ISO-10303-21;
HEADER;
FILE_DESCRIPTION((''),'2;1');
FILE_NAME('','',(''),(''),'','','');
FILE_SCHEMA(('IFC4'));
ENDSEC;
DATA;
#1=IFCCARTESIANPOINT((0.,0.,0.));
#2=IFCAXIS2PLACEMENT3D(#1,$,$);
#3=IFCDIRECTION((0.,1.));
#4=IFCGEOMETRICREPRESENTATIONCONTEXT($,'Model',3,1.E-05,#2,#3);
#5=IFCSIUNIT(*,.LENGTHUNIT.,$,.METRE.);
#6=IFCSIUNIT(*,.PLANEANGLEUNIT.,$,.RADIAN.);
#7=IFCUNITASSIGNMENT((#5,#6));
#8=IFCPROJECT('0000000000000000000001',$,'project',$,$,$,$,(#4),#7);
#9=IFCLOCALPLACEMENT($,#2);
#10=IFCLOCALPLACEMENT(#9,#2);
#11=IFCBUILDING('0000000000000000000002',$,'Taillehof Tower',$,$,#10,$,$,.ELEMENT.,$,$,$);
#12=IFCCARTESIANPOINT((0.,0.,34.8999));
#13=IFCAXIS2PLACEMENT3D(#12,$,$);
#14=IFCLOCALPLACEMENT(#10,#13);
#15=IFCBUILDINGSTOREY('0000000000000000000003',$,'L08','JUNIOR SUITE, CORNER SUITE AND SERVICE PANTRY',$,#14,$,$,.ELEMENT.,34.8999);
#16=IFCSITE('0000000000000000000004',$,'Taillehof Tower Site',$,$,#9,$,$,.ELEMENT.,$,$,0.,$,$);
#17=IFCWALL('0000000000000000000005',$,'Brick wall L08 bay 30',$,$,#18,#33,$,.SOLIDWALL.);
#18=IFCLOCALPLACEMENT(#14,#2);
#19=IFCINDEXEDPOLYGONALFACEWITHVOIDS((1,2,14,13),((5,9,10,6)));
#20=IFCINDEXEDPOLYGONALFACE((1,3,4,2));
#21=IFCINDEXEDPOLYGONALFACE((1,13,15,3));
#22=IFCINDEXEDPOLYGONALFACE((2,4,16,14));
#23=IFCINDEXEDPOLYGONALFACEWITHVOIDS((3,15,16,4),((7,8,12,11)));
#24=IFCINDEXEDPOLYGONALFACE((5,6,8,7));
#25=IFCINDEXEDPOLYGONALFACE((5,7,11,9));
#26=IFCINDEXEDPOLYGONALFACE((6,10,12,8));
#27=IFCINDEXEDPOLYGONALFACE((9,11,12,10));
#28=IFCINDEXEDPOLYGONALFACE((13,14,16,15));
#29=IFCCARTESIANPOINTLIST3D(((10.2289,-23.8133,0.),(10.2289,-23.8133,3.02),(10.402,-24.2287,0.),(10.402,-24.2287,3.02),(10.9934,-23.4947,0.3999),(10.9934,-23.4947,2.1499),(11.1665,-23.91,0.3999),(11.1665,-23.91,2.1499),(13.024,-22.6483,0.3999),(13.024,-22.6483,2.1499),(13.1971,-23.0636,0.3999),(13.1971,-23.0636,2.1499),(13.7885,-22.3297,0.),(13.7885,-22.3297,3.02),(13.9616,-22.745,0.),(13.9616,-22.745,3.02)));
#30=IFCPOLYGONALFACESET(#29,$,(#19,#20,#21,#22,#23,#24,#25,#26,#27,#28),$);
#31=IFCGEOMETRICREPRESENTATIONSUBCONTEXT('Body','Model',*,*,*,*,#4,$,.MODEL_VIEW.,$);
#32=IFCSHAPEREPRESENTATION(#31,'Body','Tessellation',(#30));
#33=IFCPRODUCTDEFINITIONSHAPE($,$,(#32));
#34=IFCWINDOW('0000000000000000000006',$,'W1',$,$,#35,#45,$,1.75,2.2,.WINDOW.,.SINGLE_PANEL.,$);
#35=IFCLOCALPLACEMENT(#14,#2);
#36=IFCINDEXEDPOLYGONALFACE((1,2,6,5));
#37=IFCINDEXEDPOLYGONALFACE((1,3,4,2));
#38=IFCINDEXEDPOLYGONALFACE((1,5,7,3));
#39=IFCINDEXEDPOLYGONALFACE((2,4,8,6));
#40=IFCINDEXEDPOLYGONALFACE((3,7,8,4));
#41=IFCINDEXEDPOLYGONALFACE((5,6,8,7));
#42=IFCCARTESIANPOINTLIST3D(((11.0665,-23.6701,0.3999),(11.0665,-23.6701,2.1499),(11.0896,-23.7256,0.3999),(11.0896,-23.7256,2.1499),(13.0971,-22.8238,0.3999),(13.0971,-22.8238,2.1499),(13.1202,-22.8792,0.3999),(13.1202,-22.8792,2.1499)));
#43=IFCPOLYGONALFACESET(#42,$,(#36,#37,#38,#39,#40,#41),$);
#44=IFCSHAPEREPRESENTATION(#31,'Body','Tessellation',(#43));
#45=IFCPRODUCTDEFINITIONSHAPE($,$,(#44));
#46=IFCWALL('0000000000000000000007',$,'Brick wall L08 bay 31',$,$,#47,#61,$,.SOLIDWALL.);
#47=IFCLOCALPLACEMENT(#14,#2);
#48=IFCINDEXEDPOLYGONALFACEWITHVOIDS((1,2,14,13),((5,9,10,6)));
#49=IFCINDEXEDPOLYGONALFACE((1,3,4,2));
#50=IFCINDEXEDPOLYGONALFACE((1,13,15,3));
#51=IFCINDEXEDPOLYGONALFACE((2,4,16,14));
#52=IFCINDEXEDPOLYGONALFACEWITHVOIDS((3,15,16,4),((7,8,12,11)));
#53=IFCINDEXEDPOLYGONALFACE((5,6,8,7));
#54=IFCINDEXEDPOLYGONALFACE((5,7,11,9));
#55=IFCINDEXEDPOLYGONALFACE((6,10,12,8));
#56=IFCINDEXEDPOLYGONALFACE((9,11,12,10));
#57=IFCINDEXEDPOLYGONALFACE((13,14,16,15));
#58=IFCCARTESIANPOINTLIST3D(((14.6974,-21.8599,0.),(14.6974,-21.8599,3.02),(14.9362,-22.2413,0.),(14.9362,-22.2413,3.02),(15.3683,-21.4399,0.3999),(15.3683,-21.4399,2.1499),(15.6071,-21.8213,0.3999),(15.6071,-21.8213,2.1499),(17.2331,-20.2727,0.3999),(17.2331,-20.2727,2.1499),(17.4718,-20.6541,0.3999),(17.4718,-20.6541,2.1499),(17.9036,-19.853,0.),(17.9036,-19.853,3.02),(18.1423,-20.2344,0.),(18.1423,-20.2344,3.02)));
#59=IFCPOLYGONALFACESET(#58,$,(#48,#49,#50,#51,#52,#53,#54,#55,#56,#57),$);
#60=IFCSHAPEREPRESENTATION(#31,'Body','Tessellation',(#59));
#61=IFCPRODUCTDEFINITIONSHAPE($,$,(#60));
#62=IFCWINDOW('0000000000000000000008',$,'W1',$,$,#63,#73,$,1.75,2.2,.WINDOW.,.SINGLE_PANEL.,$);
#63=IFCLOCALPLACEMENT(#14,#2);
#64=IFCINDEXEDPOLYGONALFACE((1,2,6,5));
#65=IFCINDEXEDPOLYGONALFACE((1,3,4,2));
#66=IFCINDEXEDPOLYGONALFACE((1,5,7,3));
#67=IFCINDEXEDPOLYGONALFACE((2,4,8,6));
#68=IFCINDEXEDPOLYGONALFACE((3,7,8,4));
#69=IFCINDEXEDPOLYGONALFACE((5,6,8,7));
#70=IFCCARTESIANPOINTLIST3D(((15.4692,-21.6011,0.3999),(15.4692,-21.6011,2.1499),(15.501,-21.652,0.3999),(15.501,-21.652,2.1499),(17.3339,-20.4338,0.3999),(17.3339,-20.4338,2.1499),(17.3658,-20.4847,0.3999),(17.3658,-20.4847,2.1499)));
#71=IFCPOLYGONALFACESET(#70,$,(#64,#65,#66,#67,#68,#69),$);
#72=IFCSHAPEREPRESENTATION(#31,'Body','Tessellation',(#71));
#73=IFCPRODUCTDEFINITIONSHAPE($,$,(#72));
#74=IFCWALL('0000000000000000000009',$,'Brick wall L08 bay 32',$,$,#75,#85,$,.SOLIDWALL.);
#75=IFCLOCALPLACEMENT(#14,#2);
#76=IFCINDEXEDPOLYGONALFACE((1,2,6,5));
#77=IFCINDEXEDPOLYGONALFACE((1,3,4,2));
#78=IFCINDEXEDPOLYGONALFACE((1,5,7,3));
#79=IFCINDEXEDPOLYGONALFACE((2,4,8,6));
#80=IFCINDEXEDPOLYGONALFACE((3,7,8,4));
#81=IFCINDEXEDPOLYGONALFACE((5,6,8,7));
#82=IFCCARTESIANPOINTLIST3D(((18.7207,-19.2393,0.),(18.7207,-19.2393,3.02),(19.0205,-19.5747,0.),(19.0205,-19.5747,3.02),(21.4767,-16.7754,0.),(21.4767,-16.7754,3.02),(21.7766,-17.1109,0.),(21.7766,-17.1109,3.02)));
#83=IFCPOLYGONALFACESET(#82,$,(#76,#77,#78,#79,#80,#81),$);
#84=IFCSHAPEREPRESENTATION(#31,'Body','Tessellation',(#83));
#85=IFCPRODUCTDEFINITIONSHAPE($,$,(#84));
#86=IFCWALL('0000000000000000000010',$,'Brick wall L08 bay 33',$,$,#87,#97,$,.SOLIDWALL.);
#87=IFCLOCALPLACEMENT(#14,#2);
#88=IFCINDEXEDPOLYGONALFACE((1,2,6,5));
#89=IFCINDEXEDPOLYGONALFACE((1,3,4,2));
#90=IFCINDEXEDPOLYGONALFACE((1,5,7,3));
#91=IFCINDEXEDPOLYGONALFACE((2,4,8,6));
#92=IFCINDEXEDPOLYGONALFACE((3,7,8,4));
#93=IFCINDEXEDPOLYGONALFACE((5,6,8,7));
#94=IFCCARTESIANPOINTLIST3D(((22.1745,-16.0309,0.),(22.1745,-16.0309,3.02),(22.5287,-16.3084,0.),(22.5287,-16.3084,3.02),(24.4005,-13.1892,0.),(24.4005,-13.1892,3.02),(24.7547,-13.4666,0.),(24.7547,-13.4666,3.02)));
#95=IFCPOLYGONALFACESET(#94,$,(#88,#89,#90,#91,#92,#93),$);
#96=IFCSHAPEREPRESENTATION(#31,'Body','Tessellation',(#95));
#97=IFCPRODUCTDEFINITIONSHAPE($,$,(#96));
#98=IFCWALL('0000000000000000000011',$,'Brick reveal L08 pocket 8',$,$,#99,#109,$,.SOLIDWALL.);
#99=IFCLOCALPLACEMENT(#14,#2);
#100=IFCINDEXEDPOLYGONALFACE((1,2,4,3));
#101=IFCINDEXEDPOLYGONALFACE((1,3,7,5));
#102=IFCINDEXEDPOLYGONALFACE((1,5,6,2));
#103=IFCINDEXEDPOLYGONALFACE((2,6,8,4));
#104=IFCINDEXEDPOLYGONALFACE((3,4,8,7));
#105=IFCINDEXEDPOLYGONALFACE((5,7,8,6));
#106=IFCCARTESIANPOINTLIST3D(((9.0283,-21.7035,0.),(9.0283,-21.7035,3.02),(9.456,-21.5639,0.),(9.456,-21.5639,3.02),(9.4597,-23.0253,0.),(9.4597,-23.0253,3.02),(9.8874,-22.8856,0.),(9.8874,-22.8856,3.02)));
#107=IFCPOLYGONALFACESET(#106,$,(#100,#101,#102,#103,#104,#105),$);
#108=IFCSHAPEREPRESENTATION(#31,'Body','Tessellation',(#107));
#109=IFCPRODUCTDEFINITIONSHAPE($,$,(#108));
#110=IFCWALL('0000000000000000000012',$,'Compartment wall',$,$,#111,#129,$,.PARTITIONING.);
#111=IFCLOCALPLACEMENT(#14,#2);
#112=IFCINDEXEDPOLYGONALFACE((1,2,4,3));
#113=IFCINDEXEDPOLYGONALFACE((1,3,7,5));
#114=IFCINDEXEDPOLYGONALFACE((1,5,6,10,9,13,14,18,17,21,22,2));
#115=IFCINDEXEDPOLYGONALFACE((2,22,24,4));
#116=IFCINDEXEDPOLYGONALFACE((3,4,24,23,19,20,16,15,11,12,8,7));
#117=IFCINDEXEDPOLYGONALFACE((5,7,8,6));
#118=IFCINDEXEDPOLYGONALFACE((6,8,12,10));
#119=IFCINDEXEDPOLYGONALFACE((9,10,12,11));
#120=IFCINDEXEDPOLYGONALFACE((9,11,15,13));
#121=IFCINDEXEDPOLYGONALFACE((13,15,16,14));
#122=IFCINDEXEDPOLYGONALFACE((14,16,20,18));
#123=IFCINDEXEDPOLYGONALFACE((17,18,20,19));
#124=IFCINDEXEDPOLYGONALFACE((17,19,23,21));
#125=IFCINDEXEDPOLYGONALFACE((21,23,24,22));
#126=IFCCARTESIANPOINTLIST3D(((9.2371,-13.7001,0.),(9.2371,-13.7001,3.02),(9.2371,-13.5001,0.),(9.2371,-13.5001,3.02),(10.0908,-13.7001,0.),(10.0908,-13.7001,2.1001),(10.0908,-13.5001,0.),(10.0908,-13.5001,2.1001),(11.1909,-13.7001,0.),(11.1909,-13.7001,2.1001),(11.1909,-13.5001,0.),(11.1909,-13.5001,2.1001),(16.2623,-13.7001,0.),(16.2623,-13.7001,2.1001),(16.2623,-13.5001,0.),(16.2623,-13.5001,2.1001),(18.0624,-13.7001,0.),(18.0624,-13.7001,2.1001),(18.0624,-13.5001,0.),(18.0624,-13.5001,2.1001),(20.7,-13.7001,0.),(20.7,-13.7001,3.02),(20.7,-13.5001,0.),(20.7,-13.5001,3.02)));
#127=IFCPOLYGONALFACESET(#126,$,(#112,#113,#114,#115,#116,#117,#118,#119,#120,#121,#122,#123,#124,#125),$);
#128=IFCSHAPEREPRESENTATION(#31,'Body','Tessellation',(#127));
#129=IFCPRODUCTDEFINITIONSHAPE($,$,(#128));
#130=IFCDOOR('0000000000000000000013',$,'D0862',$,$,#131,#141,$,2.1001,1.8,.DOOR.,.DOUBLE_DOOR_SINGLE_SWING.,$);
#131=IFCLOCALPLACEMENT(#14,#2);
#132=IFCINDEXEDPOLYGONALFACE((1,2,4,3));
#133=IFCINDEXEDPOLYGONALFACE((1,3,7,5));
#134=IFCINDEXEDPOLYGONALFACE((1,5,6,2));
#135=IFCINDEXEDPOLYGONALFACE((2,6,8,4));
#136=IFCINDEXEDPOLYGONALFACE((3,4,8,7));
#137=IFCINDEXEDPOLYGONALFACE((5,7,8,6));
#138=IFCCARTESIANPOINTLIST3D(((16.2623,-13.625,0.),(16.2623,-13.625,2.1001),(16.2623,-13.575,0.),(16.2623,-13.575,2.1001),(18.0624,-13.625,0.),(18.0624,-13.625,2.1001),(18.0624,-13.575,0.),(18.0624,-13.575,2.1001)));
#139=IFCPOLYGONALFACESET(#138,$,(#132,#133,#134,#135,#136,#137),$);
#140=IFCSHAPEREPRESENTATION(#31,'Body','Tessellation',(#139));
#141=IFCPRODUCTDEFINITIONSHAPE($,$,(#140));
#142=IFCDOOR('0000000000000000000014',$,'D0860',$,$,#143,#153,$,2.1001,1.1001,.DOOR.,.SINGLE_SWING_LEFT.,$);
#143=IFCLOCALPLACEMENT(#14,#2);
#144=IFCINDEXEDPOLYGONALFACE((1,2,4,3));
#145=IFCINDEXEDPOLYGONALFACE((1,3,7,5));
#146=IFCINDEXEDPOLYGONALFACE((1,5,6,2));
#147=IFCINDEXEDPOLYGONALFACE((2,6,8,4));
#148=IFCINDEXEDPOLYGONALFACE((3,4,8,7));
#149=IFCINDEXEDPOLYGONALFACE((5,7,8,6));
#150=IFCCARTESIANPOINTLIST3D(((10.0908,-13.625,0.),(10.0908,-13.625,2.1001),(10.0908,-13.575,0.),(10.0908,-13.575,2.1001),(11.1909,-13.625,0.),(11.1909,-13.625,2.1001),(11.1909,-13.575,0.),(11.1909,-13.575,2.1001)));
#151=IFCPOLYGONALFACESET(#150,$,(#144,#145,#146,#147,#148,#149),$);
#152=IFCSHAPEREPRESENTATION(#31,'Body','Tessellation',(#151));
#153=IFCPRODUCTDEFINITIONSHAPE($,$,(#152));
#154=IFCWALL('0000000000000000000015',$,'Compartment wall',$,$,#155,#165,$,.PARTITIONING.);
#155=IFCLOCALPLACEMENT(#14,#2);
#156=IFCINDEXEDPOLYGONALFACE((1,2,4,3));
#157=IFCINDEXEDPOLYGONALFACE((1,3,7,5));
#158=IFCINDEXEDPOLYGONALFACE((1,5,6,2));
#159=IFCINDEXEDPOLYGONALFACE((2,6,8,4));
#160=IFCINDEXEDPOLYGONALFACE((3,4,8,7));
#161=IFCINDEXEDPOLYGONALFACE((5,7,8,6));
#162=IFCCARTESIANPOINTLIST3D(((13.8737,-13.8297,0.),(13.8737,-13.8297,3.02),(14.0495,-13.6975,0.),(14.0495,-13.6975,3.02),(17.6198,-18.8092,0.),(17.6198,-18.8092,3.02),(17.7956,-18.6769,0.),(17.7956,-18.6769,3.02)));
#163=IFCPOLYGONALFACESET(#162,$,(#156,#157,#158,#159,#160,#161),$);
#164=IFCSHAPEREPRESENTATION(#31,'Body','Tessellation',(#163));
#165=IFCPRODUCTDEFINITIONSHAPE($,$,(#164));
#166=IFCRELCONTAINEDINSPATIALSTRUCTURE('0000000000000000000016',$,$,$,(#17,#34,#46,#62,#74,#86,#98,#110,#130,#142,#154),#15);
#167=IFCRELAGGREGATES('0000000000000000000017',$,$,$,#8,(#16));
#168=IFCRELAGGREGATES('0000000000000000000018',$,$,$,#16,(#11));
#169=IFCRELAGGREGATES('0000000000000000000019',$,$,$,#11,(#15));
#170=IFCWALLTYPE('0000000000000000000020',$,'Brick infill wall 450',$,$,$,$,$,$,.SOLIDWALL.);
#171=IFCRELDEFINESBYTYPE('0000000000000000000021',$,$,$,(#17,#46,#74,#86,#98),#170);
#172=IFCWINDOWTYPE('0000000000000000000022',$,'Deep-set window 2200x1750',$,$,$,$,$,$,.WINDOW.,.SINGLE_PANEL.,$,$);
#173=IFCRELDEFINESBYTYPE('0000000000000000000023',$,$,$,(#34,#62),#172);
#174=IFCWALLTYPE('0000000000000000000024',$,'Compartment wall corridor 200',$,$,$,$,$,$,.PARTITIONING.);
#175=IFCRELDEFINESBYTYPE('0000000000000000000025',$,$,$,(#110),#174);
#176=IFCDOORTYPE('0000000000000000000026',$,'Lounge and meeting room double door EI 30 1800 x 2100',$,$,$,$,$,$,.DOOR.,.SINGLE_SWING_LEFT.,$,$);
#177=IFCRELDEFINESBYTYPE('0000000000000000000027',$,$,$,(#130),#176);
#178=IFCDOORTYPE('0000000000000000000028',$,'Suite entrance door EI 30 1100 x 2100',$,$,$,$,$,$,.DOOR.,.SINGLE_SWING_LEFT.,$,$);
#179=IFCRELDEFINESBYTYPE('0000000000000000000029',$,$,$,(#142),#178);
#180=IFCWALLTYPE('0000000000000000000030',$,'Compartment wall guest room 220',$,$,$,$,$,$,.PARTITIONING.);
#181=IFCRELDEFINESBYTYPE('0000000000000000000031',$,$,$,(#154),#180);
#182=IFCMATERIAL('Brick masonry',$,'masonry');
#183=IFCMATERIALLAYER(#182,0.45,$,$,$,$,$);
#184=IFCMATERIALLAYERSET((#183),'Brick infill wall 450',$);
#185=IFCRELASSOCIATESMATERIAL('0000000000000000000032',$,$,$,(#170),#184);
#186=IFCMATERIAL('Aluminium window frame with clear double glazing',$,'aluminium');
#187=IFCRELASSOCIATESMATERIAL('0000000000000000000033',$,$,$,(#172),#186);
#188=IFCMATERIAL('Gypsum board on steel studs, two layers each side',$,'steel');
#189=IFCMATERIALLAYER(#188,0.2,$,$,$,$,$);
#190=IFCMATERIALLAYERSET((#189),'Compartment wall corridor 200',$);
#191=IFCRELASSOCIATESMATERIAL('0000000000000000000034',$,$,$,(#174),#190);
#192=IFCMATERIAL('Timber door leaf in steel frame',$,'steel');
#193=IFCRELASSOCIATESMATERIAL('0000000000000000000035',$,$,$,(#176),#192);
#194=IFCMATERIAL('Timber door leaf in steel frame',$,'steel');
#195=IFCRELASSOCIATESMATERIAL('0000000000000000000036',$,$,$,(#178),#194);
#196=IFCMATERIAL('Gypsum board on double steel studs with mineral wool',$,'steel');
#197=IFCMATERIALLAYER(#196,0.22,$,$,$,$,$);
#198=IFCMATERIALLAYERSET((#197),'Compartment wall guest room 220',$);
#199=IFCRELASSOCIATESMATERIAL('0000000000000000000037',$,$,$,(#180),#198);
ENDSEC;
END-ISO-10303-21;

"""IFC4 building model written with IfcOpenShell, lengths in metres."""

from ifc_helpers import new_model, si_unit, direction, frame, frame_2d, origin, place, context, subcontext, project, spatial, rectangle, extrude, material, layer, layer_set, type_object, element, fill, save


model = new_model("IFC4")

# Units and contexts
model_context = context("Model", 3, precision=1e-05, world=origin(), true_north=direction((0.0, 1.0)))
body_context = subcontext(model_context, "Body", "Model", "MODEL_VIEW")
ifc_project = project(units=[si_unit("LENGTHUNIT", "METRE"), si_unit("PLANEANGLEUNIT", "RADIAN")], contexts=[model_context])

# Site, building, storey
site_placement = place(None, origin())
site = spatial("IfcSite", under=ifc_project, at=site_placement, Name="Taillehof Tower Site", CompositionType="ELEMENT", RefElevation=0.0)
building_placement = place(site_placement, origin())
building = spatial("IfcBuilding", under=site, at=building_placement, Name="Taillehof Tower", CompositionType="ELEMENT")
storey_placement = place(building_placement, frame((0.0, 0.0, 34.8999)))
storey = spatial("IfcBuildingStorey", under=building, at=storey_placement, Name="L08", Description="JUNIOR SUITE, CORNER SUITE AND SERVICE PANTRY", CompositionType="ELEMENT", Elevation=34.8999)

# Walls, openings, windows
ifc_material_1 = material(Name="Brick masonry", Category="masonry")
ifc_layer_1 = layer(ifc_material_1, 0.45)
ifc_layer_set_1 = layer_set([ifc_layer_1], Name="Brick infill wall 450")
wall_type_1 = type_object("IfcWallType", Name="Brick infill wall 450", PredefinedType="SOLIDWALL", material=ifc_layer_set_1)
wall_1_placement = place(storey_placement, frame((10.3154, -24.021, 0.0), z_axis=(0.0, 0.0, 1.0), x_axis=(0.923032, 0.384723, 0.0)))
wall_1 = element("IfcWall", 1, at=wall_1_placement, inside=storey, type_object=wall_type_1, Name="Brick wall L08 bay 30", PredefinedType="SOLIDWALL", context=body_context, shape_type="SweptSolid", body=[
    extrude(rectangle(XDim=3.8564, YDim=0.45, at=frame_2d((1.9282, 0.0))), origin(), (0.0, 0.0, 1.0), 3.02),
])
opening_1_placement = place(wall_1_placement, frame((0.8281, 0.0, 0.3999)))
opening_1 = element("IfcOpeningElement", 2, at=opening_1_placement, cuts=wall_1, PredefinedType="OPENING", context=body_context, shape_type="SweptSolid", body=[
    extrude(rectangle(XDim=2.2, YDim=1.75, at=frame_2d((1.1001, 0.875))), frame((0.0, 0.2349, 0.0), z_axis=(0.0, -1.0, 0.0), x_axis=(1.0, 0.0, 0.0)), (0.0, 0.0, 1.0), 0.47),
])
ifc_material_2 = material(Name="Aluminium window frame with clear double glazing", Category="aluminium")
window_type = type_object("IfcWindowType", Name="Deep-set window 2200x1750", PartitioningType="SINGLE_PANEL", PredefinedType="WINDOW", material=ifc_material_2)
window_1_placement = place(opening_1_placement, origin())
window_1 = element("IfcWindow", 3, at=window_1_placement, inside=storey, type_object=window_type, Name="W1", OverallHeight=1.75, OverallWidth=2.2, PartitioningType="SINGLE_PANEL", PredefinedType="WINDOW", context=body_context, shape_type="SweptSolid", body=[
    extrude(rectangle(XDim=2.2, YDim=1.75, at=frame_2d((1.1001, 0.875))), frame((0.0, 0.0349, 0.0), z_axis=(0.0, -1.0, 0.0), x_axis=(1.0, 0.0, 0.0)), (0.0, 0.0, 1.0), 0.0601),
])
fill(opening_1, window_1)
wall_2_placement = place(storey_placement, frame((14.8169, -22.0505, 0.0), z_axis=(0.0, 0.0, 1.0), x_axis=(0.847635, 0.530579, 0.0)))
wall_2 = element("IfcWall", 4, at=wall_2_placement, inside=storey, type_object=wall_type_1, Name="Brick wall L08 bay 31", PredefinedType="SOLIDWALL", context=body_context, shape_type="SweptSolid", body=[
    extrude(rectangle(XDim=3.7825, YDim=0.45, at=frame_2d((1.8911, 0.0))), origin(), (0.0, 0.0, 1.0), 3.02),
])
opening_2_placement = place(wall_2_placement, frame((0.7913, 0.0, 0.3999)))
opening_2 = element("IfcOpeningElement", 5, at=opening_2_placement, cuts=wall_2, PredefinedType="OPENING", context=body_context, shape_type="SweptSolid", body=[
    extrude(rectangle(XDim=2.2, YDim=1.75, at=frame_2d((1.1001, 0.875))), frame((0.0, 0.2349, 0.0), z_axis=(0.0, -1.0, 0.0), x_axis=(1.0, 0.0, 0.0)), (0.0, 0.0, 1.0), 0.47),
])
window_2_placement = place(opening_2_placement, origin())
window_2 = element("IfcWindow", 6, at=window_2_placement, inside=storey, type_object=window_type, Name="W1", OverallHeight=1.75, OverallWidth=2.2, PartitioningType="SINGLE_PANEL", PredefinedType="WINDOW", context=body_context, shape_type="SweptSolid", body=[
    extrude(rectangle(XDim=2.2, YDim=1.75, at=frame_2d((1.1001, 0.875))), frame((0.0, 0.0349, 0.0), z_axis=(0.0, -1.0, 0.0), x_axis=(1.0, 0.0, 0.0)), (0.0, 0.0, 1.0), 0.0601),
])
fill(opening_2, window_2)

# Walls
wall_3_placement = place(storey_placement, frame((18.8706, -19.407, 0.0), z_axis=(0.0, 0.0, 1.0), x_axis=(0.745526, 0.666476, 0.0)))
element("IfcWall", 7, at=wall_3_placement, inside=storey, type_object=wall_type_1, Name="Brick wall L08 bay 32", PredefinedType="SOLIDWALL", context=body_context, shape_type="SweptSolid", body=[
    extrude(rectangle(XDim=3.6968, YDim=0.45, at=frame_2d((1.8484, 0.0))), origin(), (0.0, 0.0, 1.0), 3.02),
])
wall_4_placement = place(storey_placement, frame((22.3516, -16.1697, 0.0), z_axis=(0.0, 0.0, 1.0), x_axis=(0.616662, 0.787228, 0.0)))
element("IfcWall", 8, at=wall_4_placement, inside=storey, type_object=wall_type_1, Name="Brick wall L08 bay 33", PredefinedType="SOLIDWALL", context=body_context, shape_type="SweptSolid", body=[
    extrude(rectangle(XDim=3.6099, YDim=0.45, at=frame_2d((1.8049, 0.0))), origin(), (0.0, 0.0, 1.0), 3.02),
])
wall_5_placement = place(storey_placement, frame((9.6736, -22.9556, 0.0), z_axis=(0.0, 0.0, 1.0), x_axis=(-0.310269, 0.950649, 0.0)))
element("IfcWall", 9, at=wall_5_placement, inside=storey, type_object=wall_type_1, Name="Brick reveal L08 pocket 8", PredefinedType="SOLIDWALL", context=body_context, shape_type="SweptSolid", body=[
    extrude(rectangle(XDim=1.3904, YDim=0.45, at=frame_2d((0.6953, 0.0))), origin(), (0.0, 0.0, 1.0), 3.02),
])

# Wall, openings, doors
ifc_material_3 = material(Name="Gypsum board on steel studs, two layers each side", Category="steel")
ifc_layer_2 = layer(ifc_material_3, 0.2)
ifc_layer_set_2 = layer_set([ifc_layer_2], Name="Compartment wall corridor 200")
wall_type_2 = type_object("IfcWallType", Name="Compartment wall corridor 200", PredefinedType="PARTITIONING", material=ifc_layer_set_2)
wall_6_placement = place(storey_placement, frame((20.7, -13.6001, 0.0), z_axis=(0.0, 0.0, 1.0), x_axis=(-1.0, 0.0, 0.0)))
wall_6 = element("IfcWall", 10, at=wall_6_placement, inside=storey, type_object=wall_type_2, Name="Compartment wall", PredefinedType="PARTITIONING", context=body_context, shape_type="SweptSolid", body=[
    extrude(rectangle(XDim=11.4629, YDim=0.2, at=frame_2d((5.7314, 0.0))), origin(), (0.0, 0.0, 1.0), 3.02),
])
opening_3_placement = place(wall_6_placement, frame((9.509, 0.0, 0.0)))
opening_3 = element("IfcOpeningElement", 11, at=opening_3_placement, cuts=wall_6, PredefinedType="OPENING", context=body_context, shape_type="SweptSolid", body=[
    extrude(rectangle(XDim=1.1001, YDim=2.1001, at=frame_2d((0.55, 1.05))), frame((0.0, 0.1099, 0.0), z_axis=(0.0, -1.0, 0.0), x_axis=(1.0, 0.0, 0.0)), (0.0, 0.0, 1.0), 0.22),
])
opening_4_placement = place(wall_6_placement, frame((2.6377, 0.0, 0.0)))
opening_4 = element("IfcOpeningElement", 12, at=opening_4_placement, cuts=wall_6, PredefinedType="OPENING", context=body_context, shape_type="SweptSolid", body=[
    extrude(rectangle(XDim=1.8, YDim=2.1001, at=frame_2d((0.8999, 1.05))), frame((0.0, 0.1099, 0.0), z_axis=(0.0, -1.0, 0.0), x_axis=(1.0, 0.0, 0.0)), (0.0, 0.0, 1.0), 0.22),
])
ifc_material_4 = material(Name="Timber door leaf in steel frame", Category="steel")
door_type_1 = type_object("IfcDoorType", Name="Lounge and meeting room double door EI 30 1800 x 2100", OperationType="SINGLE_SWING_LEFT", PredefinedType="DOOR", material=ifc_material_4)
door_1_placement = place(opening_4_placement, origin())
door_1 = element("IfcDoor", 13, at=door_1_placement, inside=storey, type_object=door_type_1, Name="D0862", OperationType="DOUBLE_DOOR_SINGLE_SWING", OverallHeight=2.1001, OverallWidth=1.8, PredefinedType="DOOR", context=body_context, shape_type="SweptSolid", body=[
    extrude(rectangle(XDim=1.8, YDim=2.1001, at=frame_2d((0.8999, 1.05))), frame((0.0, 0.0249, 0.0), z_axis=(0.0, -1.0, 0.0), x_axis=(1.0, 0.0, 0.0)), (0.0, 0.0, 1.0), 0.05),
])
fill(opening_4, door_1)
ifc_material_5 = material(Name="Timber door leaf in steel frame", Category="steel")
door_type_2 = type_object("IfcDoorType", Name="Suite entrance door EI 30 1100 x 2100", OperationType="SINGLE_SWING_LEFT", PredefinedType="DOOR", material=ifc_material_5)
door_2_placement = place(opening_3_placement, origin())
door_2 = element("IfcDoor", 14, at=door_2_placement, inside=storey, type_object=door_type_2, Name="D0860", OperationType="SINGLE_SWING_LEFT", OverallHeight=2.1001, OverallWidth=1.1001, PredefinedType="DOOR", context=body_context, shape_type="SweptSolid", body=[
    extrude(rectangle(XDim=1.1001, YDim=2.1001, at=frame_2d((0.55, 1.05))), frame((0.0, 0.0249, 0.0), z_axis=(0.0, -1.0, 0.0), x_axis=(1.0, 0.0, 0.0)), (0.0, 0.0, 1.0), 0.05),
])
fill(opening_3, door_2)

# Wall
ifc_material_6 = material(Name="Gypsum board on double steel studs with mineral wool", Category="steel")
ifc_layer_3 = layer(ifc_material_6, 0.22)
ifc_layer_set_3 = layer_set([ifc_layer_3], Name="Compartment wall guest room 220")
wall_type_3 = type_object("IfcWallType", Name="Compartment wall guest room 220", PredefinedType="PARTITIONING", material=ifc_layer_set_3)
wall_7_placement = place(storey_placement, frame((17.7078, -18.7432, 0.0), z_axis=(0.0, 0.0, 1.0), x_axis=(-0.601178, 0.799115, 0.0)))
element("IfcWall", 15, at=wall_7_placement, inside=storey, type_object=wall_type_3, Name="Compartment wall", PredefinedType="PARTITIONING", context=body_context, shape_type="SweptSolid", body=[
    extrude(rectangle(XDim=6.2312, YDim=0.22, at=frame_2d((3.1157, 0.0))), origin(), (0.0, 0.0, 1.0), 3.02),
])

save(model, "model.ifc")
